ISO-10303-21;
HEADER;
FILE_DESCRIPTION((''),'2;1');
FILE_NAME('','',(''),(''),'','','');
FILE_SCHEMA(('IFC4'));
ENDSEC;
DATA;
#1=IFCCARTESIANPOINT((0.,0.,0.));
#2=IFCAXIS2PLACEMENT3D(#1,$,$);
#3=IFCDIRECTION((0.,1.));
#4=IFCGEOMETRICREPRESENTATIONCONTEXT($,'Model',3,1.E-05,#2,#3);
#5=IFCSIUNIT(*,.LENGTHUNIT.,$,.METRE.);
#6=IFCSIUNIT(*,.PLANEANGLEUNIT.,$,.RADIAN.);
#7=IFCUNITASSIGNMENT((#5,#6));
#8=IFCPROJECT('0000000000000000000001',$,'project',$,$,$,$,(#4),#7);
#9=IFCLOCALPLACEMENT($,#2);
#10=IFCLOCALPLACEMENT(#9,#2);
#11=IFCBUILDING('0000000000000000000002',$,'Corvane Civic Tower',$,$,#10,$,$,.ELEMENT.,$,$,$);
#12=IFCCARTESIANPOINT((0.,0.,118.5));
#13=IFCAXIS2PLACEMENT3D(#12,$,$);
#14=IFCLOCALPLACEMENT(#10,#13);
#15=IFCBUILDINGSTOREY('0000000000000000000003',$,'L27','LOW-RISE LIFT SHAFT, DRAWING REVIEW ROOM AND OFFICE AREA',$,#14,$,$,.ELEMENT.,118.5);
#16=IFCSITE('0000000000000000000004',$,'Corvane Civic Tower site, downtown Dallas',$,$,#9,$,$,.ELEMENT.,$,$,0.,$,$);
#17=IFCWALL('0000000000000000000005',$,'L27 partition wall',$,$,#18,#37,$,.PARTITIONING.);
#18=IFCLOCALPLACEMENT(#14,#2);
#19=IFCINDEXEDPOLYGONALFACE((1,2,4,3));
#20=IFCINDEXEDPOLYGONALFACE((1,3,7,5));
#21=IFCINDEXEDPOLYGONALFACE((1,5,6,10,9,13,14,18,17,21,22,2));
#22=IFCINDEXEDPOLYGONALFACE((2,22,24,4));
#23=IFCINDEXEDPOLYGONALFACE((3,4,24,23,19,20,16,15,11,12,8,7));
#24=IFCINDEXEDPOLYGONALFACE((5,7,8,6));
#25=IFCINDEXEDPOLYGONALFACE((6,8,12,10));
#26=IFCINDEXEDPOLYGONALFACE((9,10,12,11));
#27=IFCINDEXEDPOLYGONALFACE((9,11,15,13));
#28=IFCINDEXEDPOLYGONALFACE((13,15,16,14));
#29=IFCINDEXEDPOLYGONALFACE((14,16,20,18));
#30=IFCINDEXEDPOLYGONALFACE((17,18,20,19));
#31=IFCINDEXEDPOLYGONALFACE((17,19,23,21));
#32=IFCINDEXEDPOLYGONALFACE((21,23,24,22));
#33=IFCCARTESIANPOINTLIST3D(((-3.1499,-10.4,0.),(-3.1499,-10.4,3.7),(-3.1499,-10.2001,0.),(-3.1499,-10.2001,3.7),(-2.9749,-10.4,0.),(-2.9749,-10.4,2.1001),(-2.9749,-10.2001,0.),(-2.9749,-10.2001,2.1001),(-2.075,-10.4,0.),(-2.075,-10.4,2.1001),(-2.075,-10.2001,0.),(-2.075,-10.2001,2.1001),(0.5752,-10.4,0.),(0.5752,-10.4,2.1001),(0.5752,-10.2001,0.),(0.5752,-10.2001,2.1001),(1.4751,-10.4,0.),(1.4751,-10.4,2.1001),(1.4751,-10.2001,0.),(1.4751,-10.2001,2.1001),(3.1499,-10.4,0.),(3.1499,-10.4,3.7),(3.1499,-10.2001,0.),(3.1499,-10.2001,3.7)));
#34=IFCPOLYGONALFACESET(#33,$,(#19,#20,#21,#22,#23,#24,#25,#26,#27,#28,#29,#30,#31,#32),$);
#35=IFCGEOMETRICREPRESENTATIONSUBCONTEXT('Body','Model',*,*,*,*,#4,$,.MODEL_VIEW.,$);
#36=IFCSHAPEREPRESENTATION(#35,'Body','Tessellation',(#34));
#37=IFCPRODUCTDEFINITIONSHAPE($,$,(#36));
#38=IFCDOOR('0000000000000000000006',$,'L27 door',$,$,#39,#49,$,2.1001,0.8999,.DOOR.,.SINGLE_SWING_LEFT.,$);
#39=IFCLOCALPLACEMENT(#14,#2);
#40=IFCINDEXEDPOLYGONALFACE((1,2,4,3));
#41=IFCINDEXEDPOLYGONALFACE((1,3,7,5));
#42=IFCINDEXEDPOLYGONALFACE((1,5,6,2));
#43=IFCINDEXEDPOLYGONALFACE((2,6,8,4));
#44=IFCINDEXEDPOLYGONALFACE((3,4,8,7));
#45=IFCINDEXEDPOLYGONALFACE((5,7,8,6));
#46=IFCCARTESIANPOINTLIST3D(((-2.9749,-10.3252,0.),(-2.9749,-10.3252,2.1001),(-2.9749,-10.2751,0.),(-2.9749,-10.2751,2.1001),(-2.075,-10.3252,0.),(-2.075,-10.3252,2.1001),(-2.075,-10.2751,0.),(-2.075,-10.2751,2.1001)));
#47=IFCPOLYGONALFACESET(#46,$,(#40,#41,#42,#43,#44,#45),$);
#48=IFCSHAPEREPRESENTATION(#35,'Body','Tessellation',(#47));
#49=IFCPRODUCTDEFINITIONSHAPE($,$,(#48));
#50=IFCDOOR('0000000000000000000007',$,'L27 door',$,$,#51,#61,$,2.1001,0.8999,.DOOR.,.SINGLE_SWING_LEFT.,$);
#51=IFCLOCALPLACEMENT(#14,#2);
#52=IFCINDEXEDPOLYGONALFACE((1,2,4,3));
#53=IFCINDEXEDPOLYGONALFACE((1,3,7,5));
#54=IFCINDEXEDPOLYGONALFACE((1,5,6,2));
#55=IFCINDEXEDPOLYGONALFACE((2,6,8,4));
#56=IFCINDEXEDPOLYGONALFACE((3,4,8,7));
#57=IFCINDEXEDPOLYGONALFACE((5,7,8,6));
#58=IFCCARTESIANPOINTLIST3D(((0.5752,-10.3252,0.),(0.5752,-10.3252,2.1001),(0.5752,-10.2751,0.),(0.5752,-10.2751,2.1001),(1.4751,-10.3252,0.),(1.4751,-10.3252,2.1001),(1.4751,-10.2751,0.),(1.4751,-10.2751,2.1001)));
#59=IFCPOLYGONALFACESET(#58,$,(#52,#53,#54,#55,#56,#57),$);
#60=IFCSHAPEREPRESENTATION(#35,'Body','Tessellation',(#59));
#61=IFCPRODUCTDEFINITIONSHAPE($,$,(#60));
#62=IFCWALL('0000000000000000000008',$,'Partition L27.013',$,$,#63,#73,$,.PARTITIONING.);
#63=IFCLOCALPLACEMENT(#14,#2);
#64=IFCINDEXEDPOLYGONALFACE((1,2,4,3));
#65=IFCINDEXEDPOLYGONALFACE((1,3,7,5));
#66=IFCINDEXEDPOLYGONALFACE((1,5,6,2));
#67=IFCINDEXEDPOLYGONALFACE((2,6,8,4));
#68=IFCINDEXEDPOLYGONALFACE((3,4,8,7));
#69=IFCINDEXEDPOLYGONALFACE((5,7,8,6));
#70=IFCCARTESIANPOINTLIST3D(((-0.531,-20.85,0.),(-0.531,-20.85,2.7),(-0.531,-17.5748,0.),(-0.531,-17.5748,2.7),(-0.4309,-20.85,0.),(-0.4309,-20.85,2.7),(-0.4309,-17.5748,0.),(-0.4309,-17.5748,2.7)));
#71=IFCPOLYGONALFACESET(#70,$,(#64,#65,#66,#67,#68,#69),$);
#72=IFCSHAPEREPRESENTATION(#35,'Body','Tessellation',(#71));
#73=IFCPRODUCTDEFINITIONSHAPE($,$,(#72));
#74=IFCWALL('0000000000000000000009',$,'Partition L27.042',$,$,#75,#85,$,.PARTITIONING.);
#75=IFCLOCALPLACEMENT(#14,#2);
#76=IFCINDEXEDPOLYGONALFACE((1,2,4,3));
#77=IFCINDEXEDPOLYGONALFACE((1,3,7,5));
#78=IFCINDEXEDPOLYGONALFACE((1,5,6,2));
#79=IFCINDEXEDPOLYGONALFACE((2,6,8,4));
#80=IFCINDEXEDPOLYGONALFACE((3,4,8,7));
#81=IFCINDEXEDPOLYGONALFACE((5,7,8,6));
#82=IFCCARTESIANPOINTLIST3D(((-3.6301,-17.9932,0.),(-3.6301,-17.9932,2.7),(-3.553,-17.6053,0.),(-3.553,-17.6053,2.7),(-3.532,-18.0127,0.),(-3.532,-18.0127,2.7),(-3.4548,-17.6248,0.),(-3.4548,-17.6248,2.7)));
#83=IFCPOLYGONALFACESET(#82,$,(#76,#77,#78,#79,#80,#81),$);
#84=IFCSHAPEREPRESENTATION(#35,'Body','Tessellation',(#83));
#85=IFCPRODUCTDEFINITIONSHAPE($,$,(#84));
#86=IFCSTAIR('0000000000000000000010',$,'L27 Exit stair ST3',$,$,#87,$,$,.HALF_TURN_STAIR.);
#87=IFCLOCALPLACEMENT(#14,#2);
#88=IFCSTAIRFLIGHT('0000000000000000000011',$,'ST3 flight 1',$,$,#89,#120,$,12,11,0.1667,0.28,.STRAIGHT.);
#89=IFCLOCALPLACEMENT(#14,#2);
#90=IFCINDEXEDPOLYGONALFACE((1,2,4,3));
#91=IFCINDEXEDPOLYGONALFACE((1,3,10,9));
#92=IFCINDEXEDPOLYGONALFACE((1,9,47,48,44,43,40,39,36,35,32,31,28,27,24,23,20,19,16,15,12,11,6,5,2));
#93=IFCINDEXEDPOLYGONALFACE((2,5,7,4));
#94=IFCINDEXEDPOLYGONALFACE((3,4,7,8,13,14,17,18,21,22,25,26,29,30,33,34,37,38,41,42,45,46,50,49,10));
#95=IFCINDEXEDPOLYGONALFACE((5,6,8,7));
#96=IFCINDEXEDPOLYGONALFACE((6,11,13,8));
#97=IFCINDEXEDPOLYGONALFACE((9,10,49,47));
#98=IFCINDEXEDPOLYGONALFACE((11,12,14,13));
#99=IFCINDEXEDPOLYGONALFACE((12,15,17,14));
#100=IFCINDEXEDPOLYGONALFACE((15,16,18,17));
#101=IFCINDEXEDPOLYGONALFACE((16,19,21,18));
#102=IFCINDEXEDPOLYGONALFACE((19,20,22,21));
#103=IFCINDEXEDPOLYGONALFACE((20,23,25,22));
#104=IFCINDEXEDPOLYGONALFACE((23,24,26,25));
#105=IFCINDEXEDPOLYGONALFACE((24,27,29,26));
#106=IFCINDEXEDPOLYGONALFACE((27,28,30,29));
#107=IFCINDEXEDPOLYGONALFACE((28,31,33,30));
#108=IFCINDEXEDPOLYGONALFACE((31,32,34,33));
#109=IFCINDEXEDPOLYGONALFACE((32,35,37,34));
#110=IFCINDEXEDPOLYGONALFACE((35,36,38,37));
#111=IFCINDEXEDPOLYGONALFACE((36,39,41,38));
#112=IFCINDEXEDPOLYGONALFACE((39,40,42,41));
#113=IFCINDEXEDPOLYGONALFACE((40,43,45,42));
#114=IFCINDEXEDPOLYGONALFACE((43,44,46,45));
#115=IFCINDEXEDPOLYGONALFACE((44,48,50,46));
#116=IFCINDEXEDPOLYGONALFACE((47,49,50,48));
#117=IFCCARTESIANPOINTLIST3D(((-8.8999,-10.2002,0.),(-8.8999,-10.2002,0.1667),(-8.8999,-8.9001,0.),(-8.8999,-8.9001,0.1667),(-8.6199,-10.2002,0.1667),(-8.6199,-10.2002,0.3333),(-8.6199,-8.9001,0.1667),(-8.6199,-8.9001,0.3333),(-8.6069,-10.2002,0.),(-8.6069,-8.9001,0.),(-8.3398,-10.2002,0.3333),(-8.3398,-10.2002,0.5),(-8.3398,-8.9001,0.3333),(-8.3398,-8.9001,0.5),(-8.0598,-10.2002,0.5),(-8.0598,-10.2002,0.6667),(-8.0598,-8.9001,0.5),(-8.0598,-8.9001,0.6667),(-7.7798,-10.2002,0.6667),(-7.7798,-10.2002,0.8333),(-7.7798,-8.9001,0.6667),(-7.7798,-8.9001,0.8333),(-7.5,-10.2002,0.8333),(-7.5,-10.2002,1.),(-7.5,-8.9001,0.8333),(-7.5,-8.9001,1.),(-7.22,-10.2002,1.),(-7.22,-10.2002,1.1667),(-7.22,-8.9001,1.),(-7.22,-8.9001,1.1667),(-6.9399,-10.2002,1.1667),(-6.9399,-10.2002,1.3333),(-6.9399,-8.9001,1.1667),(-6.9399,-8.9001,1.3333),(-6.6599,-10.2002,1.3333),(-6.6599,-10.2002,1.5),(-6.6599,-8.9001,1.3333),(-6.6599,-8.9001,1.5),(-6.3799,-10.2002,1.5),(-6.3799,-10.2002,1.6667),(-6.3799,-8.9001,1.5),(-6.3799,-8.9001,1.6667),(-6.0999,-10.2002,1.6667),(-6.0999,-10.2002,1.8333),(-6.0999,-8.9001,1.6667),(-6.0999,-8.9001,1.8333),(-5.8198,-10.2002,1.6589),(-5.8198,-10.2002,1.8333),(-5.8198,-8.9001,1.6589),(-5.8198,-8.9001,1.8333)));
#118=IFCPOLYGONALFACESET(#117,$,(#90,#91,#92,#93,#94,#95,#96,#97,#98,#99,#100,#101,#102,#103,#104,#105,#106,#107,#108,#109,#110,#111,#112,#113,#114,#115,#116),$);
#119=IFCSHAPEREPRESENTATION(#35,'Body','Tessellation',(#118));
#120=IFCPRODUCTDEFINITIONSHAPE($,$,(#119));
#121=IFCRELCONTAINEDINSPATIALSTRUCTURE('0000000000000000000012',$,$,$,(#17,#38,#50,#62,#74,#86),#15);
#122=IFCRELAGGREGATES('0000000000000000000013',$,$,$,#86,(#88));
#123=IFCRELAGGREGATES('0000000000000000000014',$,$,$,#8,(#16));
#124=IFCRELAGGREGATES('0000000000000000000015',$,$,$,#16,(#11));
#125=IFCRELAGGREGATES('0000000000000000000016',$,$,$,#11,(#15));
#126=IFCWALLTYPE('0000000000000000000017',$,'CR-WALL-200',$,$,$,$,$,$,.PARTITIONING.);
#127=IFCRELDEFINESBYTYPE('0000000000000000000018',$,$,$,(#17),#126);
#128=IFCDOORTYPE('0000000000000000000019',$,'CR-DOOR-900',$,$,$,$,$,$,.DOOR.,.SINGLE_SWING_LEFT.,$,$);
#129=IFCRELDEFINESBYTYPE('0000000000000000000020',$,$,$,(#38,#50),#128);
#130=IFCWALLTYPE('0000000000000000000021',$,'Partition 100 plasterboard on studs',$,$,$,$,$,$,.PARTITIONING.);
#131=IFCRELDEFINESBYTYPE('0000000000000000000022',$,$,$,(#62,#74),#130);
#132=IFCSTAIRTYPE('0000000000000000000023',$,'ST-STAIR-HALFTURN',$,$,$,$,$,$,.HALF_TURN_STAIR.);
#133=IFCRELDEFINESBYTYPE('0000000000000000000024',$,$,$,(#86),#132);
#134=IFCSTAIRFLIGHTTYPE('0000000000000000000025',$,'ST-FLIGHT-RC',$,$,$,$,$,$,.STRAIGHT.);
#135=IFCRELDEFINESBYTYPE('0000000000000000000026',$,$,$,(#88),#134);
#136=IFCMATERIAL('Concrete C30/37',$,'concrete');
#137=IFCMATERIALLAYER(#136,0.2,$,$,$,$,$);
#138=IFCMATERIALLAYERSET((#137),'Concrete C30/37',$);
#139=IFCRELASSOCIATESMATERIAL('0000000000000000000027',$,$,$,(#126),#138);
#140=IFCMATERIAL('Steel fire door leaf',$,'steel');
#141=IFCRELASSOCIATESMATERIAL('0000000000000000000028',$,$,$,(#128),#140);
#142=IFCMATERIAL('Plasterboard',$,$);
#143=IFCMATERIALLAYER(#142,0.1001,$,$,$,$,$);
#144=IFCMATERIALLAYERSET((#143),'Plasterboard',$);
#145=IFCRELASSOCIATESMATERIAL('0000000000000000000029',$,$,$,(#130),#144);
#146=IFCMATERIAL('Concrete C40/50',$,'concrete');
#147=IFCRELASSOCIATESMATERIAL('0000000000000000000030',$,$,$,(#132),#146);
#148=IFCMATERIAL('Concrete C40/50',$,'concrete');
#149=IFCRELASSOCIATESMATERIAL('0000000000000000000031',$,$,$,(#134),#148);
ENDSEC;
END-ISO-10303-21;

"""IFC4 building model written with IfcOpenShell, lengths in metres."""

from ifc_helpers import new_model, si_unit, direction, frame, frame_2d, origin, place, context, subcontext, project, spatial, polyline, rectangle, outline, extrude, material, layer, layer_set, type_object, element, fill, aggregate, save


model = new_model("IFC4")

# Units and contexts
model_context = context("Model", 3, precision=1e-05, world=origin(), true_north=direction((0.0, 1.0)))
body_context = subcontext(model_context, "Body", "Model", "MODEL_VIEW")
ifc_project = project(units=[si_unit("LENGTHUNIT", "METRE"), si_unit("PLANEANGLEUNIT", "RADIAN")], contexts=[model_context])

# Site, building, storey
site_placement = place(None, origin())
site = spatial("IfcSite", under=ifc_project, at=site_placement, Name="Corvane Civic Tower site, downtown Dallas", CompositionType="ELEMENT", RefElevation=0.0)
building_placement = place(site_placement, origin())
building = spatial("IfcBuilding", under=site, at=building_placement, Name="Corvane Civic Tower", CompositionType="ELEMENT")
storey_placement = place(building_placement, frame((0.0, 0.0, 118.5)))
storey = spatial("IfcBuildingStorey", under=building, at=storey_placement, Name="L27", Description="LOW-RISE LIFT SHAFT, DRAWING REVIEW ROOM AND OFFICE AREA", CompositionType="ELEMENT", Elevation=118.5)

# Wall, openings, doors
ifc_material_1 = material(Name="Concrete C30/37", Category="concrete")
ifc_layer_1 = layer(ifc_material_1, 0.2)
ifc_layer_set_1 = layer_set([ifc_layer_1], Name="Concrete C30/37")
wall_type_1 = type_object("IfcWallType", Name="CR-WALL-200", PredefinedType="PARTITIONING", material=ifc_layer_set_1)
wall_1_placement = place(storey_placement, frame((-3.1499, -10.3, 0.0), z_axis=(0.0, 0.0, 1.0), x_axis=(1.0, 0.0, 0.0)))
wall_1 = element("IfcWall", 1, at=wall_1_placement, inside=storey, type_object=wall_type_1, Name="L27 partition wall", PredefinedType="PARTITIONING", context=body_context, shape_type="SweptSolid", body=[
    extrude(rectangle(XDim=6.2998, YDim=0.2, at=frame_2d((3.1499, 0.0))), origin(), (0.0, 0.0, 1.0), 3.7),
])
opening_1_placement = place(wall_1_placement, frame((0.175, 0.0, 0.0)))
opening_1 = element("IfcOpeningElement", 2, at=opening_1_placement, cuts=wall_1, PredefinedType="OPENING", context=body_context, shape_type="SweptSolid", body=[
    extrude(rectangle(XDim=0.8999, YDim=2.1001, at=frame_2d((0.45, 1.05))), frame((0.0, 0.1099, 0.0), z_axis=(0.0, -1.0, 0.0), x_axis=(1.0, 0.0, 0.0)), (0.0, 0.0, 1.0), 0.22),
])
opening_2_placement = place(wall_1_placement, frame((3.7251, 0.0, 0.0)))
opening_2 = element("IfcOpeningElement", 3, at=opening_2_placement, cuts=wall_1, PredefinedType="OPENING", context=body_context, shape_type="SweptSolid", body=[
    extrude(rectangle(XDim=0.8999, YDim=2.1001, at=frame_2d((0.45, 1.05))), frame((0.0, 0.1099, 0.0), z_axis=(0.0, -1.0, 0.0), x_axis=(1.0, 0.0, 0.0)), (0.0, 0.0, 1.0), 0.22),
])
ifc_material_2 = material(Name="Steel fire door leaf", Category="steel")
door_type_1 = type_object("IfcDoorType", Name="CR-DOOR-900", OperationType="SINGLE_SWING_LEFT", PredefinedType="DOOR", material=ifc_material_2)
door_1_placement = place(opening_1_placement, origin())
door_1 = element("IfcDoor", 4, at=door_1_placement, inside=storey, type_object=door_type_1, Name="L27 door", OperationType="SINGLE_SWING_LEFT", OverallHeight=2.1001, OverallWidth=0.8999, PredefinedType="DOOR", context=body_context, shape_type="SweptSolid", body=[
    extrude(rectangle(XDim=0.8999, YDim=2.1001, at=frame_2d((0.45, 1.05))), frame((0.0, 0.0249, 0.0), z_axis=(0.0, -1.0, 0.0), x_axis=(1.0, 0.0, 0.0)), (0.0, 0.0, 1.0), 0.05),
])
fill(opening_1, door_1)
door_2_placement = place(opening_2_placement, origin())
door_2 = element("IfcDoor", 5, at=door_2_placement, inside=storey, type_object=door_type_1, Name="L27 door", OperationType="SINGLE_SWING_LEFT", OverallHeight=2.1001, OverallWidth=0.8999, PredefinedType="DOOR", context=body_context, shape_type="SweptSolid", body=[
    extrude(rectangle(XDim=0.8999, YDim=2.1001, at=frame_2d((0.45, 1.05))), frame((0.0, 0.0249, 0.0), z_axis=(0.0, -1.0, 0.0), x_axis=(1.0, 0.0, 0.0)), (0.0, 0.0, 1.0), 0.05),
])
fill(opening_2, door_2)

# Walls
ifc_material_3 = material(Name="Plasterboard")
ifc_layer_2 = layer(ifc_material_3, 0.1001)
ifc_layer_set_2 = layer_set([ifc_layer_2], Name="Plasterboard")
wall_type_2 = type_object("IfcWallType", Name="Partition 100 plasterboard on studs", PredefinedType="PARTITIONING", material=ifc_layer_set_2)
wall_2_placement = place(storey_placement, frame((-0.481, -20.8501, 0.0), z_axis=(0.0, 0.0, 1.0), x_axis=(0.0, 1.0, 0.0)))
element("IfcWall", 6, at=wall_2_placement, inside=storey, type_object=wall_type_2, Name="Partition L27.013", PredefinedType="PARTITIONING", context=body_context, shape_type="SweptSolid", body=[
    extrude(rectangle(XDim=3.2751, YDim=0.1001, at=frame_2d((1.6377, 0.0))), origin(), (0.0, 0.0, 1.0), 2.7),
])
wall_3_placement = place(storey_placement, frame((-3.5811, -18.0029, 0.0), z_axis=(0.0, 0.0, 1.0), x_axis=(0.195048, 0.980794, 0.0)))
element("IfcWall", 7, at=wall_3_placement, inside=storey, type_object=wall_type_2, Name="Partition L27.042", PredefinedType="PARTITIONING", context=body_context, shape_type="SweptSolid", body=[
    extrude(rectangle(XDim=0.3955, YDim=0.1001, at=frame_2d((0.1978, 0.0))), origin(), (0.0, 0.0, 1.0), 2.7),
])

# Stair, stair flight
ifc_material_4 = material(Name="Concrete C40/50", Category="concrete")
stair_type = type_object("IfcStairType", Name="ST-STAIR-HALFTURN", PredefinedType="HALF_TURN_STAIR", material=ifc_material_4)
stair_placement = place(storey_placement, origin())
stair = element("IfcStair", 8, at=stair_placement, inside=storey, type_object=stair_type, Name="L27 Exit stair ST3", PredefinedType="HALF_TURN_STAIR")
ifc_material_5 = material(Name="Concrete C40/50", Category="concrete")
stair_flight_type = type_object("IfcStairFlightType", Name="ST-FLIGHT-RC", PredefinedType="STRAIGHT", material=ifc_material_5)
stair_flight_placement = place(storey_placement, frame((-8.8999, -9.55, 0.0), z_axis=(0.0, 0.0, 1.0), x_axis=(1.0, 0.0, 0.0)))
stair_flight = element("IfcStairFlight", 9, at=stair_flight_placement, type_object=stair_flight_type, Name="ST3 flight 1", NumberOfRisers=12, NumberOfTreads=11, PredefinedType="STRAIGHT", RiserHeight=0.1667, TreadLength=0.28, context=body_context, shape_type="SweptSolid", body=[
    extrude(outline(polyline([(0.0, 0.0), (0.0, 0.1667), (0.28, 0.1667), (0.28, 0.3333), (0.5601, 0.3333), (0.5601, 0.5), (0.8401, 0.5), (0.8401, 0.6667), (1.1201, 0.6667), (1.1201, 0.8333), (1.3999, 0.8333), (1.3999, 1.0), (1.6799, 1.0), (1.6799, 1.1667), (1.96, 1.1667), (1.96, 1.3333), (2.24, 1.3333), (2.24, 1.5), (2.52, 1.5), (2.52, 1.6667), (2.8, 1.6667), (2.8, 1.8333), (3.0801, 1.8333), (3.0801, 2.0), (3.0801, 1.6589), (0.293, 0.0), (0.0, 0.0)])), frame((0.0, 0.6499, 0.0), z_axis=(0.0, -1.0, 0.0), x_axis=(1.0, 0.0, 0.0)), (0.0, 0.0, 1.0), 1.3),
])
aggregate(stair, [stair_flight])

save(model, "model.ifc")
